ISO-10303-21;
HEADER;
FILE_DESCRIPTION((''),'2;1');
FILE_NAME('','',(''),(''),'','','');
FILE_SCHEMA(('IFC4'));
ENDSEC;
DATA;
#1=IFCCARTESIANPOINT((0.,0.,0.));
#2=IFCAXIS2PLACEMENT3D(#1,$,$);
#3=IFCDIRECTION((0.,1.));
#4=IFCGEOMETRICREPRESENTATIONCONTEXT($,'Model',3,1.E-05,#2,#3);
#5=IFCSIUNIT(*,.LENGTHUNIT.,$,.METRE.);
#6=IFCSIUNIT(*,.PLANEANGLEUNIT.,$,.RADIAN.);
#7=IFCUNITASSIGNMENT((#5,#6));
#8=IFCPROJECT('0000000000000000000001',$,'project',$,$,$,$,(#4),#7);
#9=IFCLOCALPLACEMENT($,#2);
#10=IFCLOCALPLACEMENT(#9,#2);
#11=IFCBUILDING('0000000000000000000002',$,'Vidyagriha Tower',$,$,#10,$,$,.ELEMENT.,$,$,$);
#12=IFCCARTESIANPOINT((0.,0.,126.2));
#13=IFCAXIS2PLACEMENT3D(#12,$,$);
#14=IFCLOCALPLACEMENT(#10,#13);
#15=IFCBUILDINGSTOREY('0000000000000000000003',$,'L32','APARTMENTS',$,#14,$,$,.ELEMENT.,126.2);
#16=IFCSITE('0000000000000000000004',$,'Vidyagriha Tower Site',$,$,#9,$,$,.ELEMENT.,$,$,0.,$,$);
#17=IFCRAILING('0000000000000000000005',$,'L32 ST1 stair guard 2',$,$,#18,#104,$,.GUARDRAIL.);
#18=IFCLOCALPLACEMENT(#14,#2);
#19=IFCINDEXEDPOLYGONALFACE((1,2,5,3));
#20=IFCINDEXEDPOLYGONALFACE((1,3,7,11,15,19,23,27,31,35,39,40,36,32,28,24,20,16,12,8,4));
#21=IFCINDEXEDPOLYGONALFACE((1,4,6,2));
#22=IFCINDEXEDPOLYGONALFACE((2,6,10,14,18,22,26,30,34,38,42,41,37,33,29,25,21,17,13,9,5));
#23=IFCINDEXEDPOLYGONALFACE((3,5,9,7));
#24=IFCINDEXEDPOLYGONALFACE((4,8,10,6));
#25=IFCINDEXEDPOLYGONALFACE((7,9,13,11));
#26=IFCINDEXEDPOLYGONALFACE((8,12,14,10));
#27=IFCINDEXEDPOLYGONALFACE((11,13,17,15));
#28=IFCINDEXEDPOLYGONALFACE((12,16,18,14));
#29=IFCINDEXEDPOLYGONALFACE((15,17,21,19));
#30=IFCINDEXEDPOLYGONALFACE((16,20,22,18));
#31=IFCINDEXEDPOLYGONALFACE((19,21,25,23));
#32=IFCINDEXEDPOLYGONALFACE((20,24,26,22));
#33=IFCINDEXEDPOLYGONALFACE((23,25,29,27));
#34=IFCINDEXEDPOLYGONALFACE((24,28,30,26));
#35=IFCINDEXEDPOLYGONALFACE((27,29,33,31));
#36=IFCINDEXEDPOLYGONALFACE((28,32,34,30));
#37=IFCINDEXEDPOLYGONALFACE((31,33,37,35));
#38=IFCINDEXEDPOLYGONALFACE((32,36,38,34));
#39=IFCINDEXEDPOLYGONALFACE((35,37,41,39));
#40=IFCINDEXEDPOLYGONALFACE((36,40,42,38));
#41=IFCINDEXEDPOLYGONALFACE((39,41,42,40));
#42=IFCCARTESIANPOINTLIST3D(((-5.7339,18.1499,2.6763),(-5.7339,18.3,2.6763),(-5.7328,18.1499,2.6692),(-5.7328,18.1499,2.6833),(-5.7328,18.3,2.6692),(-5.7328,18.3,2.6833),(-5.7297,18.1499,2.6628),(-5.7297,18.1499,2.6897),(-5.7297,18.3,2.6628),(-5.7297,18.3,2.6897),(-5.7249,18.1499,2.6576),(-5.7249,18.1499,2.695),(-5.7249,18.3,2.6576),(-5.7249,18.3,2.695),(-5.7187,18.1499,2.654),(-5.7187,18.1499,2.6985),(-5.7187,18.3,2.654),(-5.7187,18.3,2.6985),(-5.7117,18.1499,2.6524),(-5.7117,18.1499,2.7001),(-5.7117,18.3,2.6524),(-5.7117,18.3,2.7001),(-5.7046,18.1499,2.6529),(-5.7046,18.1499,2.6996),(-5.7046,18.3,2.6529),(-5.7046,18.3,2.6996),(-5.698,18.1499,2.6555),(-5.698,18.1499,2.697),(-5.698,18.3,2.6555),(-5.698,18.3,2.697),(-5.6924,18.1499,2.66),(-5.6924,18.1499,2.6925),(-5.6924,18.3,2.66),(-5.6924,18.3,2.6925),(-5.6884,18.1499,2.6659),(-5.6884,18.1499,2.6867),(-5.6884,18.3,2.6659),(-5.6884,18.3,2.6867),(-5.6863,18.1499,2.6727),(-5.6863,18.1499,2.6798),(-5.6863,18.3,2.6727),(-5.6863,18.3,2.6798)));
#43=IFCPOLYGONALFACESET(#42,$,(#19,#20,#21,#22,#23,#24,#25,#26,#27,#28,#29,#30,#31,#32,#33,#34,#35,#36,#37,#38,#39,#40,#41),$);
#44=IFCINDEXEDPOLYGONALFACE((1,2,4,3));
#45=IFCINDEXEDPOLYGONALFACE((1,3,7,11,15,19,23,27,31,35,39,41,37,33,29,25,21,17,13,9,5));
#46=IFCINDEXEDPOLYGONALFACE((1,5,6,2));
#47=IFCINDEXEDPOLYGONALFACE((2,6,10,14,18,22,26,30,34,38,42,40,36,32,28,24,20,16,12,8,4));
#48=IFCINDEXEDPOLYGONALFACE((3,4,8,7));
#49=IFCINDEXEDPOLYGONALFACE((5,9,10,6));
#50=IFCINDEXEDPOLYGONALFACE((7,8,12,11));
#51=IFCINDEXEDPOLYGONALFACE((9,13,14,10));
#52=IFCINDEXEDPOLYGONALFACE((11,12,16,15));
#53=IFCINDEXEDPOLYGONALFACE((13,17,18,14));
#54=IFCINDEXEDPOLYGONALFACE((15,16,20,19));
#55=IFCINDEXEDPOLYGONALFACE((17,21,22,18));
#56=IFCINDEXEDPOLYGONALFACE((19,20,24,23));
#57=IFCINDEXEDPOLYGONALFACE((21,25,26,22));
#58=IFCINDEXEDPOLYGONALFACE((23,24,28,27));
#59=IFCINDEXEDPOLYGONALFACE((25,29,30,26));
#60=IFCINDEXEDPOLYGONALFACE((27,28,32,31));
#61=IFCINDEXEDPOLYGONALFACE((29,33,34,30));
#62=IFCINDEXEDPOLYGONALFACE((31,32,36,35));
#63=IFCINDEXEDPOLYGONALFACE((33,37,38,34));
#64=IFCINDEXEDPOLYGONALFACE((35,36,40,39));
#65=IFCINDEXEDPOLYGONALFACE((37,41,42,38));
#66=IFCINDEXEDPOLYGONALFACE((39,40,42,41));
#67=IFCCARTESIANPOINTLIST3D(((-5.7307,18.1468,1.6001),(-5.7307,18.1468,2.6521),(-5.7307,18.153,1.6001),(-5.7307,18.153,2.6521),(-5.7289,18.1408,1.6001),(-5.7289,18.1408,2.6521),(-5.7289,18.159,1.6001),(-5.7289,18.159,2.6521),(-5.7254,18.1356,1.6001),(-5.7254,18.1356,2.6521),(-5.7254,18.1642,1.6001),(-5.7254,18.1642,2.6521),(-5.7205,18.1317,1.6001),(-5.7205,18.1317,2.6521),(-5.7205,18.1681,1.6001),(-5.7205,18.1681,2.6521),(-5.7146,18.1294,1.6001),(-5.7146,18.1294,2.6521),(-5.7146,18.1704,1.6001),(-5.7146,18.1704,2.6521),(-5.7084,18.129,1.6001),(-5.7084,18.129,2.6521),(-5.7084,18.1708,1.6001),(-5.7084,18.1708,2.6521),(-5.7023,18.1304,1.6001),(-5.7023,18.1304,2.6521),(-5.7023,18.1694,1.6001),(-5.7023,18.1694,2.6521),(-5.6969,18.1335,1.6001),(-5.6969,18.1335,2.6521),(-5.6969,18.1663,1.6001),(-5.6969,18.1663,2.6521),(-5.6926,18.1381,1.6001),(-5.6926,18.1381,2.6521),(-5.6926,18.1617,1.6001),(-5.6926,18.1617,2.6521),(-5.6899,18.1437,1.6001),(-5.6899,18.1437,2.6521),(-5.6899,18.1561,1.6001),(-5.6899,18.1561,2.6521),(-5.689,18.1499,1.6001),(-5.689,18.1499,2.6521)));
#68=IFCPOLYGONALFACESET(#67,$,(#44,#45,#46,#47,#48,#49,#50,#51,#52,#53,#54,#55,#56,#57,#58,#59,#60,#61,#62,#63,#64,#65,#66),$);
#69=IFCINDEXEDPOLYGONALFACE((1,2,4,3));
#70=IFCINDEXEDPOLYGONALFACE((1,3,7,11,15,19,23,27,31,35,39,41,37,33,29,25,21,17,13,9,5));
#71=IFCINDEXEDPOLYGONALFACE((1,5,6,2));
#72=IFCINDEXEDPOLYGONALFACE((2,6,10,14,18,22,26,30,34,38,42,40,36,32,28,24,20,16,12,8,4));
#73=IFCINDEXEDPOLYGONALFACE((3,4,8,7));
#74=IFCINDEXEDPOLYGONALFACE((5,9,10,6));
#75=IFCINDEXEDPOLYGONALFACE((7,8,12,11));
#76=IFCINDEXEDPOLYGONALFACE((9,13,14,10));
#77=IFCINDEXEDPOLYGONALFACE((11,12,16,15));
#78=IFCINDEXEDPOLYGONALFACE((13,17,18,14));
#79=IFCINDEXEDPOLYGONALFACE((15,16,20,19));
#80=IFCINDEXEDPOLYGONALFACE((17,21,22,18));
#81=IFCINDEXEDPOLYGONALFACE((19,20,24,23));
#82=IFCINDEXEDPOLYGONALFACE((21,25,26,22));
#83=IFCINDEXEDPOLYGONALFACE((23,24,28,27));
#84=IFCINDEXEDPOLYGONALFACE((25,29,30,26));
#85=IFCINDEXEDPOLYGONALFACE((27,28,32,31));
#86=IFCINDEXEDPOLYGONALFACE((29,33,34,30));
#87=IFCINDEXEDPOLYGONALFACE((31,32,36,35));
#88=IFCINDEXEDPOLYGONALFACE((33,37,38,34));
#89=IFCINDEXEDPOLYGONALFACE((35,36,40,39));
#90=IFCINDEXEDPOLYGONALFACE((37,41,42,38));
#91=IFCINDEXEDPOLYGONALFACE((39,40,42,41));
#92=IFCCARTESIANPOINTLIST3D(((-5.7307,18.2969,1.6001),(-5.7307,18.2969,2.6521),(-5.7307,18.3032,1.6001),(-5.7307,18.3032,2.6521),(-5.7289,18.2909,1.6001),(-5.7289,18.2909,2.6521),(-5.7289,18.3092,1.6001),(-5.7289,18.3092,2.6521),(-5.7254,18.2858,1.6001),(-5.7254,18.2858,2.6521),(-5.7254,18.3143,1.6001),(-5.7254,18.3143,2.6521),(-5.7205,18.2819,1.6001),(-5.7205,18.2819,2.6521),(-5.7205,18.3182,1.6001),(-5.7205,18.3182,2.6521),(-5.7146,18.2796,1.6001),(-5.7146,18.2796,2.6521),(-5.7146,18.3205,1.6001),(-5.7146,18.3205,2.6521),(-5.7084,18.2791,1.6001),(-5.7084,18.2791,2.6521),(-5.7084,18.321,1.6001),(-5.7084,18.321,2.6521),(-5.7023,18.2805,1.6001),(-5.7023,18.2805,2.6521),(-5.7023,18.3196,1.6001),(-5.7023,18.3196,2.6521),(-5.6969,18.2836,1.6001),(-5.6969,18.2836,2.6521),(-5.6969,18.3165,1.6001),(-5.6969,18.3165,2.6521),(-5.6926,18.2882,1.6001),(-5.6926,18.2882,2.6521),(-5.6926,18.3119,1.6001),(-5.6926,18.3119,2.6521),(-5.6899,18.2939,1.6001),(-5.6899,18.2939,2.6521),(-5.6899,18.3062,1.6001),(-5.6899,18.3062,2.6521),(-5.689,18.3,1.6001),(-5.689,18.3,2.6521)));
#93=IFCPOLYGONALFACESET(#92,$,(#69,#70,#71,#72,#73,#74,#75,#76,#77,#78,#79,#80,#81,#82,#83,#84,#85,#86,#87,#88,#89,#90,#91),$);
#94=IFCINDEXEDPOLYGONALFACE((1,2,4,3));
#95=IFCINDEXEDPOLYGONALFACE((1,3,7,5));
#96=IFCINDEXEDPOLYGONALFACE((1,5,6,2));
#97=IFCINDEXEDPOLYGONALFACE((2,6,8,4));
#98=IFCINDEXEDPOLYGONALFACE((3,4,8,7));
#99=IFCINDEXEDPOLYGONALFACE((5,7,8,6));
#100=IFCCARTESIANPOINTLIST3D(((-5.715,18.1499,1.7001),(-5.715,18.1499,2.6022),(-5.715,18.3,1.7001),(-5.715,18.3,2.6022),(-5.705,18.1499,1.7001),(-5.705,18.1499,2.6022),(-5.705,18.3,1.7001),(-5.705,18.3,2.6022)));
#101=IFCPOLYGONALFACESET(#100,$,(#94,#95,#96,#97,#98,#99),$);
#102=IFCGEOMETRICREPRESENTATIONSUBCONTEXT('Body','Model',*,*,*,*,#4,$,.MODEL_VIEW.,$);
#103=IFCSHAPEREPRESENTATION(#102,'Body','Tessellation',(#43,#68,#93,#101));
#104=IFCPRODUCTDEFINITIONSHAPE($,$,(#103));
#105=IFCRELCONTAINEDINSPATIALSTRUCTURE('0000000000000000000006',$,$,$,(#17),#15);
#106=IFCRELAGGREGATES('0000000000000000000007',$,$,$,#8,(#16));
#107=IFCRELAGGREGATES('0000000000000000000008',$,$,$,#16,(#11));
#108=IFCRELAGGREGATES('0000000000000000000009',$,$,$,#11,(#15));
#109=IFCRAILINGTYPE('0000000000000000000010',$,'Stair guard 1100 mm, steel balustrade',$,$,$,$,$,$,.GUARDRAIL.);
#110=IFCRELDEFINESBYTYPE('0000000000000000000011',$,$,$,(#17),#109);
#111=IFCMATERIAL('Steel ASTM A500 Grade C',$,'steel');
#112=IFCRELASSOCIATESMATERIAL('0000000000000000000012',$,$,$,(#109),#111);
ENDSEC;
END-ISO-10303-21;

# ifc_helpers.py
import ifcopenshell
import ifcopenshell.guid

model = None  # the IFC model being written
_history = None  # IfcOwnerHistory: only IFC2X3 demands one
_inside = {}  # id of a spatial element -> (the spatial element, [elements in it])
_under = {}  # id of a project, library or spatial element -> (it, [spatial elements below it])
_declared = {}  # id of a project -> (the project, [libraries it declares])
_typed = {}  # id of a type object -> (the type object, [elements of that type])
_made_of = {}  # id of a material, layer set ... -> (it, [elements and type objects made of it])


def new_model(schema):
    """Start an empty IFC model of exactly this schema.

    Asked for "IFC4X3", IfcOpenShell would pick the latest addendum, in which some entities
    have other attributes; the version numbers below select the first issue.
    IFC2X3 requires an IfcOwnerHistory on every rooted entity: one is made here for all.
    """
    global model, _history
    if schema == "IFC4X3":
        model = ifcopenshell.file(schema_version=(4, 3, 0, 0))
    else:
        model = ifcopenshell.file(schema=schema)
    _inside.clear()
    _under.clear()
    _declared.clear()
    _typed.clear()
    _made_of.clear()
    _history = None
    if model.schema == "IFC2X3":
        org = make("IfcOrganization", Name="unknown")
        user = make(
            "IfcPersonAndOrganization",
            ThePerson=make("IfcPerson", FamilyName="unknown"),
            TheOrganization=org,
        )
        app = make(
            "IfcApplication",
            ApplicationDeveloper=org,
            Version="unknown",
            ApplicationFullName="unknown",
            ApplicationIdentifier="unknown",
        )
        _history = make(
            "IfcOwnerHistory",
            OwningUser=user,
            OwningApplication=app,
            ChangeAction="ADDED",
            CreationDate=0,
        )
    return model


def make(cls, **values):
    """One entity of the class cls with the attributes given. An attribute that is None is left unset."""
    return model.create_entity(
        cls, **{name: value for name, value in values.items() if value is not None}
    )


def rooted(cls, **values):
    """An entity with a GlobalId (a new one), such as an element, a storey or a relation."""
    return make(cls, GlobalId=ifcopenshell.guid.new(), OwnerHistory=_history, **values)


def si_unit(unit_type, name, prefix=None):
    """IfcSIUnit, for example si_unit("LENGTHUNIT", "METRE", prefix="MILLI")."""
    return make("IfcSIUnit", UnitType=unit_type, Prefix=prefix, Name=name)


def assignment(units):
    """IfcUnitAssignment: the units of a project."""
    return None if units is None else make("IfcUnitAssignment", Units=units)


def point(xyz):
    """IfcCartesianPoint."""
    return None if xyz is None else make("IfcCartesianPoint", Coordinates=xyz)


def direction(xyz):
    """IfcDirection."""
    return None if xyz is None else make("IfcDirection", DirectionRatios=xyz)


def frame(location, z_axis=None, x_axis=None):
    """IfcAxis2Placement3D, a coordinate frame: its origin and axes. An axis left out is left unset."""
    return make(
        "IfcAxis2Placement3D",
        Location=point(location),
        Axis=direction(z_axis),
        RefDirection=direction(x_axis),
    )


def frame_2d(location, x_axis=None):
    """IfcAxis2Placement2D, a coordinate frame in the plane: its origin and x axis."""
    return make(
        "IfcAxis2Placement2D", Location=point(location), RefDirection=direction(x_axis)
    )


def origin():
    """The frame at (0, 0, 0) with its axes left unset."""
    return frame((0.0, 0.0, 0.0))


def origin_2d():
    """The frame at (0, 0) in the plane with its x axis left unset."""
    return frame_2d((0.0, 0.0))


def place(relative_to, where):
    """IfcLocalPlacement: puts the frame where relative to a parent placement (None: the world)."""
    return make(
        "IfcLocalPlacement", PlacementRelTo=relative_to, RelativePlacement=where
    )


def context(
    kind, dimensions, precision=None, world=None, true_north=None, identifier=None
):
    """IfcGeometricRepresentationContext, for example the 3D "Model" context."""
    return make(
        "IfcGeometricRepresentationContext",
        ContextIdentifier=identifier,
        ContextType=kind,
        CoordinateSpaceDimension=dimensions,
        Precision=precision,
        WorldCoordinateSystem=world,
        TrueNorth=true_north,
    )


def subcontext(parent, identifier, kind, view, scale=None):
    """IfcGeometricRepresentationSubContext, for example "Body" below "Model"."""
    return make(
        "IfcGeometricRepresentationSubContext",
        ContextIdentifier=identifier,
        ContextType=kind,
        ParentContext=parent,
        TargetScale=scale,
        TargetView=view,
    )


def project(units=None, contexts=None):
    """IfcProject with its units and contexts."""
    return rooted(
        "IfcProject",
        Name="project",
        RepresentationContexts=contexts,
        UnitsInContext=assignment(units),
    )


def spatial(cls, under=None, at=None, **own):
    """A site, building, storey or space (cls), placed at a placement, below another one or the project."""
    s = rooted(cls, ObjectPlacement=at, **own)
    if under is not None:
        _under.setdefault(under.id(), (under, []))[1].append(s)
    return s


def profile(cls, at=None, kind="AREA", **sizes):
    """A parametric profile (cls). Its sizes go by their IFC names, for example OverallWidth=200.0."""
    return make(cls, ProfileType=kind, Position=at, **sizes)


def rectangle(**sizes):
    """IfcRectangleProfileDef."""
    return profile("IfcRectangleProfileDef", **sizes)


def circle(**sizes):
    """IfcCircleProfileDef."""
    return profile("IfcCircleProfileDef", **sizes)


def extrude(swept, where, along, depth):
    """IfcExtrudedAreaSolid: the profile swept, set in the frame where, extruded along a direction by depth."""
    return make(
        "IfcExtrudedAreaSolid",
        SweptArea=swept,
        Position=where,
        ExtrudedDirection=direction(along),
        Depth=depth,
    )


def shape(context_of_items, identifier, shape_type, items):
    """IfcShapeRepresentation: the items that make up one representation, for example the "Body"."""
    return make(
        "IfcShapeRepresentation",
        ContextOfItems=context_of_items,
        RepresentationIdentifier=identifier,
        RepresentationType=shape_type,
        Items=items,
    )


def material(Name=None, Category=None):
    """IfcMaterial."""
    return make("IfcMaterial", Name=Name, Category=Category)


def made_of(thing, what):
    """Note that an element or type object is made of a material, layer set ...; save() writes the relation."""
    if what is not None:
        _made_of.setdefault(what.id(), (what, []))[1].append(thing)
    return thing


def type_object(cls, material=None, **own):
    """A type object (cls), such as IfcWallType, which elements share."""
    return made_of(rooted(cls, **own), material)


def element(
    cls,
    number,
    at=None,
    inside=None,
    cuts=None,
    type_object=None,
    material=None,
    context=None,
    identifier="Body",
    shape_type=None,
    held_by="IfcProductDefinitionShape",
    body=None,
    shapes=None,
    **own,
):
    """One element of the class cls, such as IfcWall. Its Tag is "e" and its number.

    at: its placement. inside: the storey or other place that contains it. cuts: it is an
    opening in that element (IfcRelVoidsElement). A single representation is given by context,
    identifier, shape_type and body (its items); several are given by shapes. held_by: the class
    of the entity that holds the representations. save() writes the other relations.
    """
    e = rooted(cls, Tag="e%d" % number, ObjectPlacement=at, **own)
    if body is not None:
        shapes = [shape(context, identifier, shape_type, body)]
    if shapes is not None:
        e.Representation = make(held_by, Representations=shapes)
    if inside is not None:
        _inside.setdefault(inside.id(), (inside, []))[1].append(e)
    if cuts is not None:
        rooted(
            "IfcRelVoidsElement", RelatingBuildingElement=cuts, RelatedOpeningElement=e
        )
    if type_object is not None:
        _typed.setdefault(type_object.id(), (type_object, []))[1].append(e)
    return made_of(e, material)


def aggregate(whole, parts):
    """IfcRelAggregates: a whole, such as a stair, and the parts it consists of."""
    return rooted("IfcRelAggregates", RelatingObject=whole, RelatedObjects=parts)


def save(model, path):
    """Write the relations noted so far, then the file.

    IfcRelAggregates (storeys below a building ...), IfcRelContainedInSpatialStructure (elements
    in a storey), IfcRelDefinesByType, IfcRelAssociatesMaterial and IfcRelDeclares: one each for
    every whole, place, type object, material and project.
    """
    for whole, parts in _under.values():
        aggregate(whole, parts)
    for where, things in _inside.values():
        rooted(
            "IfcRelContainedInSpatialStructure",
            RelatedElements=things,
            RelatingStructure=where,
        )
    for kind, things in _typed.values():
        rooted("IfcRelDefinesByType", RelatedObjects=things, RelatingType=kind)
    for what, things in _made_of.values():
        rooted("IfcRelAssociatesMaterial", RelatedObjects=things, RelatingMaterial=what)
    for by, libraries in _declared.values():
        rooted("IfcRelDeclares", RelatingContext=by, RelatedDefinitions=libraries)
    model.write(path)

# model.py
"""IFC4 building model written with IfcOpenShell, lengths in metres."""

from ifc_helpers import new_model, si_unit, direction, frame, origin, origin_2d, place, context, subcontext, project, spatial, rectangle, circle, extrude, material, type_object, element, save


model = new_model("IFC4")

# Units and contexts
model_context = context("Model", 3, precision=1e-05, world=origin(), true_north=direction((0.0, 1.0)))
body_context = subcontext(model_context, "Body", "Model", "MODEL_VIEW")
ifc_project = project(units=[si_unit("LENGTHUNIT", "METRE"), si_unit("PLANEANGLEUNIT", "RADIAN")], contexts=[model_context])

# Site, building, storey
site_placement = place(None, origin())
site = spatial("IfcSite", under=ifc_project, at=site_placement, Name="Vidyagriha Tower Site", CompositionType="ELEMENT", RefElevation=0.0)
building_placement = place(site_placement, origin())
building = spatial("IfcBuilding", under=site, at=building_placement, Name="Vidyagriha Tower", CompositionType="ELEMENT")
storey_placement = place(building_placement, frame((0.0, 0.0, 126.2)))
storey = spatial("IfcBuildingStorey", under=building, at=storey_placement, Name="L32", Description="APARTMENTS", CompositionType="ELEMENT", Elevation=126.2)

# Railing
ifc_material_1 = material(Name="Steel ASTM A500 Grade C", Category="steel")
railing_type_1 = type_object("IfcRailingType", Name="Stair guard 1100 mm, steel balustrade", PredefinedType="GUARDRAIL", material=ifc_material_1)
railing_1_placement = place(storey_placement, frame((-5.71, 18.1499, 1.6001)))
element("IfcRailing", 1, at=railing_1_placement, inside=storey, type_object=railing_type_1, Name="L32 ST1 stair guard 2", PredefinedType="GUARDRAIL", context=body_context, shape_type="SweptSolid", body=[
    extrude(circle(Radius=0.0239, at=origin_2d()), frame((0.0, 0.0, 1.0762), z_axis=(0.0, 1.0, 0.0), x_axis=(-1.0, 0.0, 0.0)), (0.0, 0.0, 1.0), 0.1501),
    extrude(circle(Radius=0.021, at=origin_2d()), origin(), (0.0, 0.0, 1.0), 1.052),
    extrude(circle(Radius=0.021, at=origin_2d()), frame((0.0, 0.1501, 0.0)), (0.0, 0.0, 1.0), 1.052),
    extrude(rectangle(XDim=0.01, YDim=0.9021, at=origin_2d()), frame((0.0, 0.0, 0.551), z_axis=(0.0, 1.0, 0.0), x_axis=(-1.0, 0.0, 0.0)), (0.0, 0.0, 1.0), 0.1501),
])

save(model, "model.ifc")
